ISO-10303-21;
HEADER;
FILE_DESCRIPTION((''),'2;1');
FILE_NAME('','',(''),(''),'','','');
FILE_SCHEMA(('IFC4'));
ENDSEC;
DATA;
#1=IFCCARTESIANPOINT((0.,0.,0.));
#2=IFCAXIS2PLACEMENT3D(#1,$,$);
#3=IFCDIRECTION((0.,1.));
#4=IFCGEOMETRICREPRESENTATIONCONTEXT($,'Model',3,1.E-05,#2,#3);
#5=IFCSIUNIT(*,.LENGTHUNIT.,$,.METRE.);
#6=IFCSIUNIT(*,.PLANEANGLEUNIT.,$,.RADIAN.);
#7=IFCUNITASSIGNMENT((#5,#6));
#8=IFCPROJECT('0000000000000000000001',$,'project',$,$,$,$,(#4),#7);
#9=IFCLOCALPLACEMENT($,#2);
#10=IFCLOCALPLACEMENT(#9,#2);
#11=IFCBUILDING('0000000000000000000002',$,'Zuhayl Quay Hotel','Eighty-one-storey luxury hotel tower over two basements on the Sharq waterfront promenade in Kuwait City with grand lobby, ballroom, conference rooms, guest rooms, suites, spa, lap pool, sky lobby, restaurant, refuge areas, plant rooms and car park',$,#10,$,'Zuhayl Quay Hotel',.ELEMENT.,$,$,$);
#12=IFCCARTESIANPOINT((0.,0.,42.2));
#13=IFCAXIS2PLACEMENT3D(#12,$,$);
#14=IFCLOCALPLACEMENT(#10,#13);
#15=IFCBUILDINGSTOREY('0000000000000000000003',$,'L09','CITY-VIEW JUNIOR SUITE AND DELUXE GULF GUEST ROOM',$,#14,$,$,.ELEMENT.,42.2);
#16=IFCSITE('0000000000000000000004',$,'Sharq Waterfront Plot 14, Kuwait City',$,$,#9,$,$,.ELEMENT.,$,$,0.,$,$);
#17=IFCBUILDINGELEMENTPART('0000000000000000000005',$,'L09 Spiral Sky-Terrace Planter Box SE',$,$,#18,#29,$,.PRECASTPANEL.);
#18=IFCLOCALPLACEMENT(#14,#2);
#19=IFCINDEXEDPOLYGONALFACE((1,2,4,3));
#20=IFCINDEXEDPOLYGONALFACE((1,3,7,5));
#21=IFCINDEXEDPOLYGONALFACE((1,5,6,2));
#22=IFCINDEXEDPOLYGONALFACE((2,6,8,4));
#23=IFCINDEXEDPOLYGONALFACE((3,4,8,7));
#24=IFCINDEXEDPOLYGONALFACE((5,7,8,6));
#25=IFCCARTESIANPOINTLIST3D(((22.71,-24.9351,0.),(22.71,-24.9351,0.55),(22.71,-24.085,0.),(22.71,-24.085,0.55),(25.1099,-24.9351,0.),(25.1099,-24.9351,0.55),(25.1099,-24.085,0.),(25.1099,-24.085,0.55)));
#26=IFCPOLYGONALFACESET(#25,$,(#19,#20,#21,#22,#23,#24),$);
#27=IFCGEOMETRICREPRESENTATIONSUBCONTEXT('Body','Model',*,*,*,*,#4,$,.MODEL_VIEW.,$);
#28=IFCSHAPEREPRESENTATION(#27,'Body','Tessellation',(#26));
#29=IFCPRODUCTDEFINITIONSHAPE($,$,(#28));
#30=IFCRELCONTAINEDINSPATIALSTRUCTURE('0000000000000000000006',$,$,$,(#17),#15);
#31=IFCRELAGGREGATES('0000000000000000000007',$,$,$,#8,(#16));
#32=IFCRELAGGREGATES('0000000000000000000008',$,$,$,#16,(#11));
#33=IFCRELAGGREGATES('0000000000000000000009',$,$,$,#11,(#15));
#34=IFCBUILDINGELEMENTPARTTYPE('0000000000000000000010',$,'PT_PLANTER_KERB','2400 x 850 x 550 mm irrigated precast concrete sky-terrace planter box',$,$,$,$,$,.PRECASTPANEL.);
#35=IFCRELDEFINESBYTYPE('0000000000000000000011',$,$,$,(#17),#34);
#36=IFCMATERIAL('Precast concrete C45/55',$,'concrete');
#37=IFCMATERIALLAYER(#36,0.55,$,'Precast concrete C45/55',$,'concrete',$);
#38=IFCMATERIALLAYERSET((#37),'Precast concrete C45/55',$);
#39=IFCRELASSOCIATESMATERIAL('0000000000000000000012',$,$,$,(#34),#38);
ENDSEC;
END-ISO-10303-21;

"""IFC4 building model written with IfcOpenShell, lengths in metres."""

from ifc_helpers import new_model, si_unit, direction, frame, origin, origin_2d, place, context, subcontext, project, spatial, rectangle, extrude, material, layer, layer_set, type_object, element, save


model = new_model("IFC4")

# Units and contexts
model_context = context("Model", 3, precision=1e-05, world=origin(), true_north=direction((0.0, 1.0)))
body_context = subcontext(model_context, "Body", "Model", "MODEL_VIEW")
ifc_project = project(units=[si_unit("LENGTHUNIT", "METRE"), si_unit("PLANEANGLEUNIT", "RADIAN")], contexts=[model_context])

# Site, building, storey
site_placement = place(None, origin())
site = spatial("IfcSite", under=ifc_project, at=site_placement, Name="Sharq Waterfront Plot 14, Kuwait City", CompositionType="ELEMENT", RefElevation=0.0)
building_placement = place(site_placement, origin())
building = spatial("IfcBuilding", under=site, at=building_placement, Name="Zuhayl Quay Hotel", Description="Eighty-one-storey luxury hotel tower over two basements on the Sharq waterfront promenade in Kuwait City with grand lobby, ballroom, conference rooms, guest rooms, suites, spa, lap pool, sky lobby, restaurant, refuge areas, plant rooms and car park", LongName="Zuhayl Quay Hotel", CompositionType="ELEMENT")
storey_placement = place(building_placement, frame((0.0, 0.0, 42.2)))
storey = spatial("IfcBuildingStorey", under=building, at=storey_placement, Name="L09", Description="CITY-VIEW JUNIOR SUITE AND DELUXE GULF GUEST ROOM", CompositionType="ELEMENT", Elevation=42.2)

# Shared definitions
ifc_material_1 = material(Name="Precast concrete C45/55", Category="concrete")

# Building element part
ifc_layer_1 = layer(ifc_material_1, 0.55, Name="Precast concrete C45/55", Category="concrete")
ifc_layer_set_1 = layer_set([ifc_layer_1], Name="Precast concrete C45/55")
building_element_part_type = type_object("IfcBuildingElementPartType", Name="PT_PLANTER_KERB", Description="2400 x 850 x 550 mm irrigated precast concrete sky-terrace planter box", PredefinedType="PRECASTPANEL", material=ifc_layer_set_1)
building_element_part_placement = place(storey_placement, frame((23.9099, -24.51, 0.0), z_axis=(0.0, 0.0, 1.0), x_axis=(1.0, 0.0, 0.0)))
element("IfcBuildingElementPart", 1, at=building_element_part_placement, inside=storey, type_object=building_element_part_type, Name="L09 Spiral Sky-Terrace Planter Box SE", PredefinedType="PRECASTPANEL", context=body_context, shape_type="SweptSolid", body=[
    extrude(rectangle(XDim=2.3999, YDim=0.8501, at=origin_2d()), origin(), (0.0, 0.0, 1.0), 0.55),
])

save(model, "model.ifc")
